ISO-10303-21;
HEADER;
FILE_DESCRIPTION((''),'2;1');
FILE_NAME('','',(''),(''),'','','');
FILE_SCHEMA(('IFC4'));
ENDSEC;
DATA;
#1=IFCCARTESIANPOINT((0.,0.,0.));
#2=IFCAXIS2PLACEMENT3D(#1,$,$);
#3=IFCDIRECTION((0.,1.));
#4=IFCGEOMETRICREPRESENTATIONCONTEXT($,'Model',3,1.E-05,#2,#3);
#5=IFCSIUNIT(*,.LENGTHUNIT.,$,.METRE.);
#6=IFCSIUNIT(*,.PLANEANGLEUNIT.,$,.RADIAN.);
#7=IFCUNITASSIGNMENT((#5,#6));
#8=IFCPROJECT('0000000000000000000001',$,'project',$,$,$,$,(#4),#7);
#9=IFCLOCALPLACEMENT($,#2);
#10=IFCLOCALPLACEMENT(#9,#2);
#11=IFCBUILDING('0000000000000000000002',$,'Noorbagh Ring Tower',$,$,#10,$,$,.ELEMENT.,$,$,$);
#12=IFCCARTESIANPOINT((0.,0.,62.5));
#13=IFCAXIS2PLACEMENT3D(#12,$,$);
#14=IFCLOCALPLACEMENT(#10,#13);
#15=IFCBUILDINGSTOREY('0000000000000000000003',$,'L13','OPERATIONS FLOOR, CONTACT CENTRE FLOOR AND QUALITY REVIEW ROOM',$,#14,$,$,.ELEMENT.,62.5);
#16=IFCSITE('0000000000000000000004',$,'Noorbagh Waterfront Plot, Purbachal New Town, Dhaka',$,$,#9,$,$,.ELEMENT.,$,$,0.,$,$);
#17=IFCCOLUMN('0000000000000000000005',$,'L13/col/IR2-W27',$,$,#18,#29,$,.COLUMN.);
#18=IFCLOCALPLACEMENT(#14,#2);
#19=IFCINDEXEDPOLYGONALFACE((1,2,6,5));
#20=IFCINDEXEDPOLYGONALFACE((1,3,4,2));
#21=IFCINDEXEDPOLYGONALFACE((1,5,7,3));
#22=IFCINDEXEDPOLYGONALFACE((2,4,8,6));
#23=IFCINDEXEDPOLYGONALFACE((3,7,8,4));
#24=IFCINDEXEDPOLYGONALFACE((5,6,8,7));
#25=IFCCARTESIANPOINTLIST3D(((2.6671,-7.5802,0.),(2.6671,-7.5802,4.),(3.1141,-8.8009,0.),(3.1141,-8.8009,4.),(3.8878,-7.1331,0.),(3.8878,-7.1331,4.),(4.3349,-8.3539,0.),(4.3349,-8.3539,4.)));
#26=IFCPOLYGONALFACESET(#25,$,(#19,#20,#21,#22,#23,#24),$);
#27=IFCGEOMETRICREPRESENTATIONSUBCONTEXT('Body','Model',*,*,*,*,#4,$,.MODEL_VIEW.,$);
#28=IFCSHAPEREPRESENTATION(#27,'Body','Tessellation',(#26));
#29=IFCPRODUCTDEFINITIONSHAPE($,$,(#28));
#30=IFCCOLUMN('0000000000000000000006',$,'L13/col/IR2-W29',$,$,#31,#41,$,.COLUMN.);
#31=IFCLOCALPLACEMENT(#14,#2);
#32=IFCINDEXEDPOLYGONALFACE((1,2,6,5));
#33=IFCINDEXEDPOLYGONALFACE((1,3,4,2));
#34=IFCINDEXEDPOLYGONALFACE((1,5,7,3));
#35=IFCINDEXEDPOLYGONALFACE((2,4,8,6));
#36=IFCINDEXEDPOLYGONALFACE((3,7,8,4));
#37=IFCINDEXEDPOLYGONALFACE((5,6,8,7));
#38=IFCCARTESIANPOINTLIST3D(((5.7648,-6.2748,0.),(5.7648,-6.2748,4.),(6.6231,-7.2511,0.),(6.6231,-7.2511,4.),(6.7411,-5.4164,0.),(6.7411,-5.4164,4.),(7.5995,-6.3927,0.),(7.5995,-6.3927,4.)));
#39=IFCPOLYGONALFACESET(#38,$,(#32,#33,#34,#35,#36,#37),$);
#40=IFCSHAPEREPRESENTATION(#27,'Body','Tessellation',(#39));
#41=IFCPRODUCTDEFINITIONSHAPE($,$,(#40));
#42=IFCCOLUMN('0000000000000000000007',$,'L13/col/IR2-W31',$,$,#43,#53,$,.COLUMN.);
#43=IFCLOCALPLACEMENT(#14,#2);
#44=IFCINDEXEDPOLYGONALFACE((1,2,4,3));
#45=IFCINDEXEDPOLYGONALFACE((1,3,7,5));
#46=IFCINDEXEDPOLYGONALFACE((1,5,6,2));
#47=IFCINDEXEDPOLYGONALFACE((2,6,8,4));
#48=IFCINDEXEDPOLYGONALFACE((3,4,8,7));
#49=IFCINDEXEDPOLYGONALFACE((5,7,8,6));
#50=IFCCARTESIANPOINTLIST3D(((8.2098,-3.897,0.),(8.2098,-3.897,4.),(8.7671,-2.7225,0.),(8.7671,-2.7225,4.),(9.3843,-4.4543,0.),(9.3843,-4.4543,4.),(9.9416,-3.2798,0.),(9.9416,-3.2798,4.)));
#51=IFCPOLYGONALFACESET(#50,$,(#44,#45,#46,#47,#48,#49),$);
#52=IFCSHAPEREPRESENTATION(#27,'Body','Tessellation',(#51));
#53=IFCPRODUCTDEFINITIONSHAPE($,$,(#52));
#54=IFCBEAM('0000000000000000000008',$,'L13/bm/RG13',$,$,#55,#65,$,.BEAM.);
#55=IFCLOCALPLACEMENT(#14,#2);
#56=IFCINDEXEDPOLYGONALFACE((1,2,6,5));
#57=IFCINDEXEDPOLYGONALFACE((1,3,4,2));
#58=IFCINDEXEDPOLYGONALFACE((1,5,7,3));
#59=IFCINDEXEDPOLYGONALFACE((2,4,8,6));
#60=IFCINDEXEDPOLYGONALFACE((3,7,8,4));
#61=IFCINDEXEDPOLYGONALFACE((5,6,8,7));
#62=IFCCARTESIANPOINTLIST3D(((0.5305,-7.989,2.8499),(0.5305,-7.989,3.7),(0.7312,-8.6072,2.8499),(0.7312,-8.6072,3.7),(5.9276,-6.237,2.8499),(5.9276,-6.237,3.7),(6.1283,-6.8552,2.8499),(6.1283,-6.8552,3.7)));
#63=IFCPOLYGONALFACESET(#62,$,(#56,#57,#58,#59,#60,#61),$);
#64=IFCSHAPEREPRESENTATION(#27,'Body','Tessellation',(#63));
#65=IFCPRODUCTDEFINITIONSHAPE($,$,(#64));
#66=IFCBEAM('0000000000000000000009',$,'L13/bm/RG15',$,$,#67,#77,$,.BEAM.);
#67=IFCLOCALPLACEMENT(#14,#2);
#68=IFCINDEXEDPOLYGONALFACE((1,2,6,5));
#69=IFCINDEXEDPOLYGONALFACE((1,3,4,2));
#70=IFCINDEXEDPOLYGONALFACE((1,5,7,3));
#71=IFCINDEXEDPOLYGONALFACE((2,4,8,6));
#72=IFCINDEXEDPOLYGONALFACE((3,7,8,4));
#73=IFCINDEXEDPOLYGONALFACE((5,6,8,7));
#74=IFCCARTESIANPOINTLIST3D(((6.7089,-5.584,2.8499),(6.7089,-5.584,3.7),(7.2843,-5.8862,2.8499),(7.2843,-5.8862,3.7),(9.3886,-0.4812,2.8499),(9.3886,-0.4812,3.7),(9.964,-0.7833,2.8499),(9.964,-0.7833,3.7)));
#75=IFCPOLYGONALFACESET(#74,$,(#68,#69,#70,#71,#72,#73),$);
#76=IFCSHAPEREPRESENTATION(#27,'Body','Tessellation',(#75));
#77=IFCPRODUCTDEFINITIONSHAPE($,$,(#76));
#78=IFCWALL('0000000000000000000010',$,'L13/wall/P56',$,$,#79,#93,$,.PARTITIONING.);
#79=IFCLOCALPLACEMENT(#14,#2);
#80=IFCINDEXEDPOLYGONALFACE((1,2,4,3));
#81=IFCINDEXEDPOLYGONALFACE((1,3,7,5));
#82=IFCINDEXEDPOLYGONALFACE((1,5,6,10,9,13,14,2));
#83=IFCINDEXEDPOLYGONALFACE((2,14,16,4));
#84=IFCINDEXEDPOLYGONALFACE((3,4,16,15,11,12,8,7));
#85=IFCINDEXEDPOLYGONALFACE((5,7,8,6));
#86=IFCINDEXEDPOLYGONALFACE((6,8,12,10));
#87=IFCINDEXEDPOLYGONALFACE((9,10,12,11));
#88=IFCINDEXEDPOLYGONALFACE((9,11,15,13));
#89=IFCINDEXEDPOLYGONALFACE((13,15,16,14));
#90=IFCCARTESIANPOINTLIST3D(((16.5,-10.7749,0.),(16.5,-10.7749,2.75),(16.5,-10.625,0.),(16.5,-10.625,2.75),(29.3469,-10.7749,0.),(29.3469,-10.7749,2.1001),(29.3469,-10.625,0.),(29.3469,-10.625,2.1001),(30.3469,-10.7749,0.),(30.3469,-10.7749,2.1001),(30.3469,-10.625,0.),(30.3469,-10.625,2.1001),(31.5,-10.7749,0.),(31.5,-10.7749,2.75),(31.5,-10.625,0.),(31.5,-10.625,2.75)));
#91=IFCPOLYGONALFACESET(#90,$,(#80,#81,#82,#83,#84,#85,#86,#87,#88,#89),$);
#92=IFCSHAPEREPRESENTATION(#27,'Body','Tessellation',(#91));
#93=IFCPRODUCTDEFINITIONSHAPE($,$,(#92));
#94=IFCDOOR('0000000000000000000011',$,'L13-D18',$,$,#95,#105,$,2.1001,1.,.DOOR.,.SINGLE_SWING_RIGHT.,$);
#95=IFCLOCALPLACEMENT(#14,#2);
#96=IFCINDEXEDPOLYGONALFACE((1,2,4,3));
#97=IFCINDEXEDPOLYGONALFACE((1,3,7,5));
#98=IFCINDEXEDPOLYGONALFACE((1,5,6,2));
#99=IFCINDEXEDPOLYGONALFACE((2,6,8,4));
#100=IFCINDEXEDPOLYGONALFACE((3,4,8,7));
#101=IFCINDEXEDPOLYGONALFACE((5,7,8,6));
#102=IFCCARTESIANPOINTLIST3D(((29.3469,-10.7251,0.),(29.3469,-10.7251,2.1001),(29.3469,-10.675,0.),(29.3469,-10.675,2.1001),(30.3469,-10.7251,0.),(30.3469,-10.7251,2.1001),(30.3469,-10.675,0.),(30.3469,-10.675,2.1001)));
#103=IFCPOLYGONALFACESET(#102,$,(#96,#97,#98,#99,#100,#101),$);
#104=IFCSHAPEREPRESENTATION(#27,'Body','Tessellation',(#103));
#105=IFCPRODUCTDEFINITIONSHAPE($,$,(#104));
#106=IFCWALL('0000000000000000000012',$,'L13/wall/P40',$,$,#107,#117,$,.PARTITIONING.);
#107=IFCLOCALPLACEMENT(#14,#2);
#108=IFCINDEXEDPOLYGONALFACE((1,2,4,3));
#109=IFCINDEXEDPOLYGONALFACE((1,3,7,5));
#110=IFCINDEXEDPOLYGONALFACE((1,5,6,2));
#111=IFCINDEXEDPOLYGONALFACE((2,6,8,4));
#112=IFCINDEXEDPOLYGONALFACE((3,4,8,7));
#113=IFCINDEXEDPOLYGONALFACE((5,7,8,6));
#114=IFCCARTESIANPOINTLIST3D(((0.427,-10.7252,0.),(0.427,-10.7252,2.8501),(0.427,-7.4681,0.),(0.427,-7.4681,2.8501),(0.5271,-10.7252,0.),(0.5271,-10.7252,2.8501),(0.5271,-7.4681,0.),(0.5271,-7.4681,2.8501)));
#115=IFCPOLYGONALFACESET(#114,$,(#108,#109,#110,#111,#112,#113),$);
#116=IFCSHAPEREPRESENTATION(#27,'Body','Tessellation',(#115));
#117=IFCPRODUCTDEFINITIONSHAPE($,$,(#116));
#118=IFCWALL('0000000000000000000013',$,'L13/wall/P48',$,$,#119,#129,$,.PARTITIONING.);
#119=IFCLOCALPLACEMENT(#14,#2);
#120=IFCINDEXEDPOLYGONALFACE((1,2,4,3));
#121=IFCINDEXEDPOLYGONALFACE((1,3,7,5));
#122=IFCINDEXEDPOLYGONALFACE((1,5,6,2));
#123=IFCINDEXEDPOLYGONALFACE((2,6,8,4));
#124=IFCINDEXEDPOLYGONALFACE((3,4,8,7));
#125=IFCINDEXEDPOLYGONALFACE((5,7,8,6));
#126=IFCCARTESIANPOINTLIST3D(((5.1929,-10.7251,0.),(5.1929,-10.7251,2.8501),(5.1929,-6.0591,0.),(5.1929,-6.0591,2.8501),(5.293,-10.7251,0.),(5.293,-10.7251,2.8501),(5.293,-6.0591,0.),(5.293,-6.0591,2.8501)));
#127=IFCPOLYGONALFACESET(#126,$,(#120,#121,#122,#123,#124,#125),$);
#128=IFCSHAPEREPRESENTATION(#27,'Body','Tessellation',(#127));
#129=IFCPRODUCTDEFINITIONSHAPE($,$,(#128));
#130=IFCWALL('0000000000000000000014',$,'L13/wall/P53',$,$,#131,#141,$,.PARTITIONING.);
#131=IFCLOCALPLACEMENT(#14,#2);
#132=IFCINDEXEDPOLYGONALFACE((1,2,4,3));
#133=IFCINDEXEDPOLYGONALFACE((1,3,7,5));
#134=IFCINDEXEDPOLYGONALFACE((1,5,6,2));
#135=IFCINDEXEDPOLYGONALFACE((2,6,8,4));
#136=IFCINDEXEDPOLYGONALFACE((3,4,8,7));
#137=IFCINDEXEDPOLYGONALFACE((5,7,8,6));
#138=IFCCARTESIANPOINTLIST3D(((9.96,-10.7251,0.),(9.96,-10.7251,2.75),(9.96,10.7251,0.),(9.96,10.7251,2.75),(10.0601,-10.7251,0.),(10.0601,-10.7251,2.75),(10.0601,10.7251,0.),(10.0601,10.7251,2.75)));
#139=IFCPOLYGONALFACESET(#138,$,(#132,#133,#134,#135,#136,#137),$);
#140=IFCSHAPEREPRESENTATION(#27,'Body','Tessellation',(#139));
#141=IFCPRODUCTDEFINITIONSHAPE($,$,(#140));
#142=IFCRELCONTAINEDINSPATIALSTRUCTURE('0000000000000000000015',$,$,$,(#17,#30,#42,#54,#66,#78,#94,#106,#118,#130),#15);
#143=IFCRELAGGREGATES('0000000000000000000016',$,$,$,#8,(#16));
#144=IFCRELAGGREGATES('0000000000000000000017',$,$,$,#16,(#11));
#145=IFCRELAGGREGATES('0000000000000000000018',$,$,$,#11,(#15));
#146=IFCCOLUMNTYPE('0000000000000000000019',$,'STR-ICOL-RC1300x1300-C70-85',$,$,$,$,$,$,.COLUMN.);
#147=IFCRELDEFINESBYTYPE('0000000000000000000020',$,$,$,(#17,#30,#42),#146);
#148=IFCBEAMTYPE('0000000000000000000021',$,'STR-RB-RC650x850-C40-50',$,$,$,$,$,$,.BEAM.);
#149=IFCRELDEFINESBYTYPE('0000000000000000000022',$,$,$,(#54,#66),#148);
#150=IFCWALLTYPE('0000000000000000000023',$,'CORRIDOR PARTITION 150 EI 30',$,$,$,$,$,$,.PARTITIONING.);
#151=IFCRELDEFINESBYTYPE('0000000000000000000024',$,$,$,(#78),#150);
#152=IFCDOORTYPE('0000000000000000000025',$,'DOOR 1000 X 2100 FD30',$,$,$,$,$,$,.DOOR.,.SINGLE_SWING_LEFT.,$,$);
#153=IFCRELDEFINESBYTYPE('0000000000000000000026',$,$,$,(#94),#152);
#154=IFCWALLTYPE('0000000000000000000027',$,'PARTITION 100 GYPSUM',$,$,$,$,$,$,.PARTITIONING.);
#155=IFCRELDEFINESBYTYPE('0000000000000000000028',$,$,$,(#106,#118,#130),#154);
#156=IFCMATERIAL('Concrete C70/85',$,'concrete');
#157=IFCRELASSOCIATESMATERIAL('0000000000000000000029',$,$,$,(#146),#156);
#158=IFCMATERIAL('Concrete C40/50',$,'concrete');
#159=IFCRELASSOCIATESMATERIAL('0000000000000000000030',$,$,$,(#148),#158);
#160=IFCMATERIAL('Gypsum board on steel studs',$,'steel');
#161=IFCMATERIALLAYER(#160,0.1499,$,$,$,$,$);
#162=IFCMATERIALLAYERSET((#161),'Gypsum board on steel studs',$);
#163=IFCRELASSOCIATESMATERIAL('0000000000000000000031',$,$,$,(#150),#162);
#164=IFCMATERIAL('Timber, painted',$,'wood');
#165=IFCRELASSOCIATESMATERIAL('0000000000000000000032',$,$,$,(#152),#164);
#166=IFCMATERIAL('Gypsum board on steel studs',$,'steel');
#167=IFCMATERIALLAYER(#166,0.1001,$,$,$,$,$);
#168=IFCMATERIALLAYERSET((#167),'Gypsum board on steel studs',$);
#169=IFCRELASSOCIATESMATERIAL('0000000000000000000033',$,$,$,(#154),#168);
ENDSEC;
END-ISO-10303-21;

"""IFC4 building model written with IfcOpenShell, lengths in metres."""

from ifc_helpers import new_model, si_unit, direction, frame, frame_2d, origin, origin_2d, place, context, subcontext, project, spatial, rectangle, extrude, material, layer, layer_set, material_profile, profile_set, type_object, element, fill, save


model = new_model("IFC4")

# Units and contexts
model_context = context("Model", 3, precision=1e-05, world=origin(), true_north=direction((0.0, 1.0)))
body_context = subcontext(model_context, "Body", "Model", "MODEL_VIEW")
ifc_project = project(units=[si_unit("LENGTHUNIT", "METRE"), si_unit("PLANEANGLEUNIT", "RADIAN")], contexts=[model_context])

# Site, building, storey
site_placement = place(None, origin())
site = spatial("IfcSite", under=ifc_project, at=site_placement, Name="Noorbagh Waterfront Plot, Purbachal New Town, Dhaka", CompositionType="ELEMENT", RefElevation=0.0)
building_placement = place(site_placement, origin())
building = spatial("IfcBuilding", under=site, at=building_placement, Name="Noorbagh Ring Tower", CompositionType="ELEMENT")
storey_placement = place(building_placement, frame((0.0, 0.0, 62.5)))
storey = spatial("IfcBuildingStorey", under=building, at=storey_placement, Name="L13", Description="OPERATIONS FLOOR, CONTACT CENTRE FLOOR AND QUALITY REVIEW ROOM", CompositionType="ELEMENT", Elevation=62.5)

# Columns
ifc_material_1 = material(Name="Concrete C70/85", Category="concrete")
ifc_material_profile_1 = material_profile(ifc_material_1, rectangle(XDim=1.3, YDim=1.3, at=origin_2d()), Name="RC1300x1300")
ifc_profile_set_1 = profile_set([ifc_material_profile_1], Name="Concrete C70/85")
column_type = type_object("IfcColumnType", Name="STR-ICOL-RC1300x1300-C70-85", PredefinedType="COLUMN", material=ifc_profile_set_1)
for number, where, z_axis, x_axis, name in (
    (1, (3.501, -7.967, 0.0), (0.0, 0.0, 1.0), (0.93902, 0.343864, 0.0), "L13/col/IR2-W27"),
    (2, (6.6821, -6.3337, 0.0), (0.0, 0.0, 1.0), (0.751022, 0.660277, 0.0), "L13/col/IR2-W29"),
    (3, (9.0757, -3.5884, 0.0), (0.0, 0.0, 1.0), (0.428667, 0.903463, 0.0), "L13/col/IR2-W31"),
):
    element("IfcColumn", number, at=place(storey_placement, frame(where, z_axis=z_axis, x_axis=x_axis)), inside=storey, type_object=column_type, Name=name, PredefinedType="COLUMN", context=body_context, shape_type="SweptSolid", body=[
        extrude(rectangle(XDim=1.3, YDim=1.3, at=origin_2d()), origin(), (0.0, 0.0, 1.0), 4.0),
    ])

# Beams
ifc_material_2 = material(Name="Concrete C40/50", Category="concrete")
ifc_material_profile_2 = material_profile(ifc_material_2, rectangle(XDim=0.6499, YDim=0.8501, at=origin_2d()), Name="RC650x850")
ifc_profile_set_2 = profile_set([ifc_material_profile_2], Name="Concrete C40/50")
beam_type = type_object("IfcBeamType", Name="STR-RB-RC650x850-C40-50", PredefinedType="BEAM", material=ifc_profile_set_2)
beam_1_placement = place(storey_placement, frame((0.6309, -8.2981, 3.2749), z_axis=(0.951141, 0.308757, 0.0), x_axis=(-0.308757, 0.951141, 0.0)))
element("IfcBeam", 4, at=beam_1_placement, inside=storey, type_object=beam_type, Name="L13/bm/RG13", PredefinedType="BEAM", context=body_context, shape_type="SweptSolid", body=[
    extrude(rectangle(XDim=0.6499, YDim=0.8501, at=origin_2d()), origin(), (0.0, 0.0, 1.0), 5.6743),
])
beam_2_placement = place(storey_placement, frame((6.9966, -5.7351, 3.2749), z_axis=(0.464933, 0.885346, 0.0), x_axis=(-0.885346, 0.464933, 0.0)))
element("IfcBeam", 5, at=beam_2_placement, inside=storey, type_object=beam_type, Name="L13/bm/RG15", PredefinedType="BEAM", context=body_context, shape_type="SweptSolid", body=[
    extrude(rectangle(XDim=0.6499, YDim=0.8501, at=origin_2d()), origin(), (0.0, 0.0, 1.0), 5.7637),
])

# Wall, opening, door
ifc_material_3 = material(Name="Gypsum board on steel studs", Category="steel")
ifc_layer_1 = layer(ifc_material_3, 0.1499)
ifc_layer_set_1 = layer_set([ifc_layer_1], Name="Gypsum board on steel studs")
wall_type_1 = type_object("IfcWallType", Name="CORRIDOR PARTITION 150 EI 30", PredefinedType="PARTITIONING", material=ifc_layer_set_1)
wall_1_placement = place(storey_placement, frame((16.5, -10.7, 0.0), z_axis=(0.0, 0.0, 1.0), x_axis=(1.0, 0.0, 0.0)))
wall_1 = element("IfcWall", 6, at=wall_1_placement, inside=storey, type_object=wall_type_1, Name="L13/wall/P56", PredefinedType="PARTITIONING", context=body_context, shape_type="SweptSolid", body=[
    extrude(rectangle(XDim=15.0, YDim=0.1499, at=frame_2d((7.5, 0.0))), origin(), (0.0, 0.0, 1.0), 2.75),
])
opening_placement = place(wall_1_placement, frame((12.8469, 0.0, 0.0)))
opening = element("IfcOpeningElement", 7, at=opening_placement, cuts=wall_1, PredefinedType="OPENING", context=body_context, shape_type="SweptSolid", body=[
    extrude(rectangle(XDim=1.0, YDim=2.1001, at=frame_2d((0.5, 1.05))), frame((0.0, 0.085, 0.0), z_axis=(0.0, -1.0, 0.0), x_axis=(1.0, 0.0, 0.0)), (0.0, 0.0, 1.0), 0.1699),
])
ifc_material_4 = material(Name="Timber, painted", Category="wood")
door_type = type_object("IfcDoorType", Name="DOOR 1000 X 2100 FD30", OperationType="SINGLE_SWING_LEFT", PredefinedType="DOOR", material=ifc_material_4)
door_placement = place(opening_placement, origin())
door = element("IfcDoor", 8, at=door_placement, inside=storey, type_object=door_type, Name="L13-D18", OperationType="SINGLE_SWING_RIGHT", OverallHeight=2.1001, OverallWidth=1.0, PredefinedType="DOOR", context=body_context, shape_type="SweptSolid", body=[
    extrude(rectangle(XDim=1.0, YDim=2.1001, at=frame_2d((0.5, 1.05))), frame((0.0, 0.0249, 0.0), z_axis=(0.0, -1.0, 0.0), x_axis=(1.0, 0.0, 0.0)), (0.0, 0.0, 1.0), 0.05),
])
fill(opening, door)

# Walls
ifc_material_5 = material(Name="Gypsum board on steel studs", Category="steel")
ifc_layer_2 = layer(ifc_material_5, 0.1001)
ifc_layer_set_2 = layer_set([ifc_layer_2], Name="Gypsum board on steel studs")
wall_type_2 = type_object("IfcWallType", Name="PARTITION 100 GYPSUM", PredefinedType="PARTITIONING", material=ifc_layer_set_2)
wall_2_placement = place(storey_placement, frame((0.4771, -10.7251, 0.0), z_axis=(0.0, 0.0, 1.0), x_axis=(0.0, 1.0, 0.0)))
element("IfcWall", 9, at=wall_2_placement, inside=storey, type_object=wall_type_2, Name="L13/wall/P40", PredefinedType="PARTITIONING", context=body_context, shape_type="SweptSolid", body=[
    extrude(rectangle(XDim=3.2571, YDim=0.1001, at=frame_2d((1.6284, 0.0))), origin(), (0.0, 0.0, 1.0), 2.8501),
])
wall_3_placement = place(storey_placement, frame((5.2429, -10.7251, 0.0), z_axis=(0.0, 0.0, 1.0), x_axis=(0.0, 1.0, 0.0)))
element("IfcWall", 10, at=wall_3_placement, inside=storey, type_object=wall_type_2, Name="L13/wall/P48", PredefinedType="PARTITIONING", context=body_context, shape_type="SweptSolid", body=[
    extrude(rectangle(XDim=4.666, YDim=0.1001, at=frame_2d((2.333, 0.0))), origin(), (0.0, 0.0, 1.0), 2.8501),
])
wall_4_placement = place(storey_placement, frame((10.01, -10.7251, 0.0), z_axis=(0.0, 0.0, 1.0), x_axis=(0.0, 1.0, 0.0)))
element("IfcWall", 11, at=wall_4_placement, inside=storey, type_object=wall_type_2, Name="L13/wall/P53", PredefinedType="PARTITIONING", context=body_context, shape_type="SweptSolid", body=[
    extrude(rectangle(XDim=21.4502, YDim=0.1001, at=frame_2d((10.7251, 0.0))), origin(), (0.0, 0.0, 1.0), 2.75),
])

save(model, "model.ifc")
